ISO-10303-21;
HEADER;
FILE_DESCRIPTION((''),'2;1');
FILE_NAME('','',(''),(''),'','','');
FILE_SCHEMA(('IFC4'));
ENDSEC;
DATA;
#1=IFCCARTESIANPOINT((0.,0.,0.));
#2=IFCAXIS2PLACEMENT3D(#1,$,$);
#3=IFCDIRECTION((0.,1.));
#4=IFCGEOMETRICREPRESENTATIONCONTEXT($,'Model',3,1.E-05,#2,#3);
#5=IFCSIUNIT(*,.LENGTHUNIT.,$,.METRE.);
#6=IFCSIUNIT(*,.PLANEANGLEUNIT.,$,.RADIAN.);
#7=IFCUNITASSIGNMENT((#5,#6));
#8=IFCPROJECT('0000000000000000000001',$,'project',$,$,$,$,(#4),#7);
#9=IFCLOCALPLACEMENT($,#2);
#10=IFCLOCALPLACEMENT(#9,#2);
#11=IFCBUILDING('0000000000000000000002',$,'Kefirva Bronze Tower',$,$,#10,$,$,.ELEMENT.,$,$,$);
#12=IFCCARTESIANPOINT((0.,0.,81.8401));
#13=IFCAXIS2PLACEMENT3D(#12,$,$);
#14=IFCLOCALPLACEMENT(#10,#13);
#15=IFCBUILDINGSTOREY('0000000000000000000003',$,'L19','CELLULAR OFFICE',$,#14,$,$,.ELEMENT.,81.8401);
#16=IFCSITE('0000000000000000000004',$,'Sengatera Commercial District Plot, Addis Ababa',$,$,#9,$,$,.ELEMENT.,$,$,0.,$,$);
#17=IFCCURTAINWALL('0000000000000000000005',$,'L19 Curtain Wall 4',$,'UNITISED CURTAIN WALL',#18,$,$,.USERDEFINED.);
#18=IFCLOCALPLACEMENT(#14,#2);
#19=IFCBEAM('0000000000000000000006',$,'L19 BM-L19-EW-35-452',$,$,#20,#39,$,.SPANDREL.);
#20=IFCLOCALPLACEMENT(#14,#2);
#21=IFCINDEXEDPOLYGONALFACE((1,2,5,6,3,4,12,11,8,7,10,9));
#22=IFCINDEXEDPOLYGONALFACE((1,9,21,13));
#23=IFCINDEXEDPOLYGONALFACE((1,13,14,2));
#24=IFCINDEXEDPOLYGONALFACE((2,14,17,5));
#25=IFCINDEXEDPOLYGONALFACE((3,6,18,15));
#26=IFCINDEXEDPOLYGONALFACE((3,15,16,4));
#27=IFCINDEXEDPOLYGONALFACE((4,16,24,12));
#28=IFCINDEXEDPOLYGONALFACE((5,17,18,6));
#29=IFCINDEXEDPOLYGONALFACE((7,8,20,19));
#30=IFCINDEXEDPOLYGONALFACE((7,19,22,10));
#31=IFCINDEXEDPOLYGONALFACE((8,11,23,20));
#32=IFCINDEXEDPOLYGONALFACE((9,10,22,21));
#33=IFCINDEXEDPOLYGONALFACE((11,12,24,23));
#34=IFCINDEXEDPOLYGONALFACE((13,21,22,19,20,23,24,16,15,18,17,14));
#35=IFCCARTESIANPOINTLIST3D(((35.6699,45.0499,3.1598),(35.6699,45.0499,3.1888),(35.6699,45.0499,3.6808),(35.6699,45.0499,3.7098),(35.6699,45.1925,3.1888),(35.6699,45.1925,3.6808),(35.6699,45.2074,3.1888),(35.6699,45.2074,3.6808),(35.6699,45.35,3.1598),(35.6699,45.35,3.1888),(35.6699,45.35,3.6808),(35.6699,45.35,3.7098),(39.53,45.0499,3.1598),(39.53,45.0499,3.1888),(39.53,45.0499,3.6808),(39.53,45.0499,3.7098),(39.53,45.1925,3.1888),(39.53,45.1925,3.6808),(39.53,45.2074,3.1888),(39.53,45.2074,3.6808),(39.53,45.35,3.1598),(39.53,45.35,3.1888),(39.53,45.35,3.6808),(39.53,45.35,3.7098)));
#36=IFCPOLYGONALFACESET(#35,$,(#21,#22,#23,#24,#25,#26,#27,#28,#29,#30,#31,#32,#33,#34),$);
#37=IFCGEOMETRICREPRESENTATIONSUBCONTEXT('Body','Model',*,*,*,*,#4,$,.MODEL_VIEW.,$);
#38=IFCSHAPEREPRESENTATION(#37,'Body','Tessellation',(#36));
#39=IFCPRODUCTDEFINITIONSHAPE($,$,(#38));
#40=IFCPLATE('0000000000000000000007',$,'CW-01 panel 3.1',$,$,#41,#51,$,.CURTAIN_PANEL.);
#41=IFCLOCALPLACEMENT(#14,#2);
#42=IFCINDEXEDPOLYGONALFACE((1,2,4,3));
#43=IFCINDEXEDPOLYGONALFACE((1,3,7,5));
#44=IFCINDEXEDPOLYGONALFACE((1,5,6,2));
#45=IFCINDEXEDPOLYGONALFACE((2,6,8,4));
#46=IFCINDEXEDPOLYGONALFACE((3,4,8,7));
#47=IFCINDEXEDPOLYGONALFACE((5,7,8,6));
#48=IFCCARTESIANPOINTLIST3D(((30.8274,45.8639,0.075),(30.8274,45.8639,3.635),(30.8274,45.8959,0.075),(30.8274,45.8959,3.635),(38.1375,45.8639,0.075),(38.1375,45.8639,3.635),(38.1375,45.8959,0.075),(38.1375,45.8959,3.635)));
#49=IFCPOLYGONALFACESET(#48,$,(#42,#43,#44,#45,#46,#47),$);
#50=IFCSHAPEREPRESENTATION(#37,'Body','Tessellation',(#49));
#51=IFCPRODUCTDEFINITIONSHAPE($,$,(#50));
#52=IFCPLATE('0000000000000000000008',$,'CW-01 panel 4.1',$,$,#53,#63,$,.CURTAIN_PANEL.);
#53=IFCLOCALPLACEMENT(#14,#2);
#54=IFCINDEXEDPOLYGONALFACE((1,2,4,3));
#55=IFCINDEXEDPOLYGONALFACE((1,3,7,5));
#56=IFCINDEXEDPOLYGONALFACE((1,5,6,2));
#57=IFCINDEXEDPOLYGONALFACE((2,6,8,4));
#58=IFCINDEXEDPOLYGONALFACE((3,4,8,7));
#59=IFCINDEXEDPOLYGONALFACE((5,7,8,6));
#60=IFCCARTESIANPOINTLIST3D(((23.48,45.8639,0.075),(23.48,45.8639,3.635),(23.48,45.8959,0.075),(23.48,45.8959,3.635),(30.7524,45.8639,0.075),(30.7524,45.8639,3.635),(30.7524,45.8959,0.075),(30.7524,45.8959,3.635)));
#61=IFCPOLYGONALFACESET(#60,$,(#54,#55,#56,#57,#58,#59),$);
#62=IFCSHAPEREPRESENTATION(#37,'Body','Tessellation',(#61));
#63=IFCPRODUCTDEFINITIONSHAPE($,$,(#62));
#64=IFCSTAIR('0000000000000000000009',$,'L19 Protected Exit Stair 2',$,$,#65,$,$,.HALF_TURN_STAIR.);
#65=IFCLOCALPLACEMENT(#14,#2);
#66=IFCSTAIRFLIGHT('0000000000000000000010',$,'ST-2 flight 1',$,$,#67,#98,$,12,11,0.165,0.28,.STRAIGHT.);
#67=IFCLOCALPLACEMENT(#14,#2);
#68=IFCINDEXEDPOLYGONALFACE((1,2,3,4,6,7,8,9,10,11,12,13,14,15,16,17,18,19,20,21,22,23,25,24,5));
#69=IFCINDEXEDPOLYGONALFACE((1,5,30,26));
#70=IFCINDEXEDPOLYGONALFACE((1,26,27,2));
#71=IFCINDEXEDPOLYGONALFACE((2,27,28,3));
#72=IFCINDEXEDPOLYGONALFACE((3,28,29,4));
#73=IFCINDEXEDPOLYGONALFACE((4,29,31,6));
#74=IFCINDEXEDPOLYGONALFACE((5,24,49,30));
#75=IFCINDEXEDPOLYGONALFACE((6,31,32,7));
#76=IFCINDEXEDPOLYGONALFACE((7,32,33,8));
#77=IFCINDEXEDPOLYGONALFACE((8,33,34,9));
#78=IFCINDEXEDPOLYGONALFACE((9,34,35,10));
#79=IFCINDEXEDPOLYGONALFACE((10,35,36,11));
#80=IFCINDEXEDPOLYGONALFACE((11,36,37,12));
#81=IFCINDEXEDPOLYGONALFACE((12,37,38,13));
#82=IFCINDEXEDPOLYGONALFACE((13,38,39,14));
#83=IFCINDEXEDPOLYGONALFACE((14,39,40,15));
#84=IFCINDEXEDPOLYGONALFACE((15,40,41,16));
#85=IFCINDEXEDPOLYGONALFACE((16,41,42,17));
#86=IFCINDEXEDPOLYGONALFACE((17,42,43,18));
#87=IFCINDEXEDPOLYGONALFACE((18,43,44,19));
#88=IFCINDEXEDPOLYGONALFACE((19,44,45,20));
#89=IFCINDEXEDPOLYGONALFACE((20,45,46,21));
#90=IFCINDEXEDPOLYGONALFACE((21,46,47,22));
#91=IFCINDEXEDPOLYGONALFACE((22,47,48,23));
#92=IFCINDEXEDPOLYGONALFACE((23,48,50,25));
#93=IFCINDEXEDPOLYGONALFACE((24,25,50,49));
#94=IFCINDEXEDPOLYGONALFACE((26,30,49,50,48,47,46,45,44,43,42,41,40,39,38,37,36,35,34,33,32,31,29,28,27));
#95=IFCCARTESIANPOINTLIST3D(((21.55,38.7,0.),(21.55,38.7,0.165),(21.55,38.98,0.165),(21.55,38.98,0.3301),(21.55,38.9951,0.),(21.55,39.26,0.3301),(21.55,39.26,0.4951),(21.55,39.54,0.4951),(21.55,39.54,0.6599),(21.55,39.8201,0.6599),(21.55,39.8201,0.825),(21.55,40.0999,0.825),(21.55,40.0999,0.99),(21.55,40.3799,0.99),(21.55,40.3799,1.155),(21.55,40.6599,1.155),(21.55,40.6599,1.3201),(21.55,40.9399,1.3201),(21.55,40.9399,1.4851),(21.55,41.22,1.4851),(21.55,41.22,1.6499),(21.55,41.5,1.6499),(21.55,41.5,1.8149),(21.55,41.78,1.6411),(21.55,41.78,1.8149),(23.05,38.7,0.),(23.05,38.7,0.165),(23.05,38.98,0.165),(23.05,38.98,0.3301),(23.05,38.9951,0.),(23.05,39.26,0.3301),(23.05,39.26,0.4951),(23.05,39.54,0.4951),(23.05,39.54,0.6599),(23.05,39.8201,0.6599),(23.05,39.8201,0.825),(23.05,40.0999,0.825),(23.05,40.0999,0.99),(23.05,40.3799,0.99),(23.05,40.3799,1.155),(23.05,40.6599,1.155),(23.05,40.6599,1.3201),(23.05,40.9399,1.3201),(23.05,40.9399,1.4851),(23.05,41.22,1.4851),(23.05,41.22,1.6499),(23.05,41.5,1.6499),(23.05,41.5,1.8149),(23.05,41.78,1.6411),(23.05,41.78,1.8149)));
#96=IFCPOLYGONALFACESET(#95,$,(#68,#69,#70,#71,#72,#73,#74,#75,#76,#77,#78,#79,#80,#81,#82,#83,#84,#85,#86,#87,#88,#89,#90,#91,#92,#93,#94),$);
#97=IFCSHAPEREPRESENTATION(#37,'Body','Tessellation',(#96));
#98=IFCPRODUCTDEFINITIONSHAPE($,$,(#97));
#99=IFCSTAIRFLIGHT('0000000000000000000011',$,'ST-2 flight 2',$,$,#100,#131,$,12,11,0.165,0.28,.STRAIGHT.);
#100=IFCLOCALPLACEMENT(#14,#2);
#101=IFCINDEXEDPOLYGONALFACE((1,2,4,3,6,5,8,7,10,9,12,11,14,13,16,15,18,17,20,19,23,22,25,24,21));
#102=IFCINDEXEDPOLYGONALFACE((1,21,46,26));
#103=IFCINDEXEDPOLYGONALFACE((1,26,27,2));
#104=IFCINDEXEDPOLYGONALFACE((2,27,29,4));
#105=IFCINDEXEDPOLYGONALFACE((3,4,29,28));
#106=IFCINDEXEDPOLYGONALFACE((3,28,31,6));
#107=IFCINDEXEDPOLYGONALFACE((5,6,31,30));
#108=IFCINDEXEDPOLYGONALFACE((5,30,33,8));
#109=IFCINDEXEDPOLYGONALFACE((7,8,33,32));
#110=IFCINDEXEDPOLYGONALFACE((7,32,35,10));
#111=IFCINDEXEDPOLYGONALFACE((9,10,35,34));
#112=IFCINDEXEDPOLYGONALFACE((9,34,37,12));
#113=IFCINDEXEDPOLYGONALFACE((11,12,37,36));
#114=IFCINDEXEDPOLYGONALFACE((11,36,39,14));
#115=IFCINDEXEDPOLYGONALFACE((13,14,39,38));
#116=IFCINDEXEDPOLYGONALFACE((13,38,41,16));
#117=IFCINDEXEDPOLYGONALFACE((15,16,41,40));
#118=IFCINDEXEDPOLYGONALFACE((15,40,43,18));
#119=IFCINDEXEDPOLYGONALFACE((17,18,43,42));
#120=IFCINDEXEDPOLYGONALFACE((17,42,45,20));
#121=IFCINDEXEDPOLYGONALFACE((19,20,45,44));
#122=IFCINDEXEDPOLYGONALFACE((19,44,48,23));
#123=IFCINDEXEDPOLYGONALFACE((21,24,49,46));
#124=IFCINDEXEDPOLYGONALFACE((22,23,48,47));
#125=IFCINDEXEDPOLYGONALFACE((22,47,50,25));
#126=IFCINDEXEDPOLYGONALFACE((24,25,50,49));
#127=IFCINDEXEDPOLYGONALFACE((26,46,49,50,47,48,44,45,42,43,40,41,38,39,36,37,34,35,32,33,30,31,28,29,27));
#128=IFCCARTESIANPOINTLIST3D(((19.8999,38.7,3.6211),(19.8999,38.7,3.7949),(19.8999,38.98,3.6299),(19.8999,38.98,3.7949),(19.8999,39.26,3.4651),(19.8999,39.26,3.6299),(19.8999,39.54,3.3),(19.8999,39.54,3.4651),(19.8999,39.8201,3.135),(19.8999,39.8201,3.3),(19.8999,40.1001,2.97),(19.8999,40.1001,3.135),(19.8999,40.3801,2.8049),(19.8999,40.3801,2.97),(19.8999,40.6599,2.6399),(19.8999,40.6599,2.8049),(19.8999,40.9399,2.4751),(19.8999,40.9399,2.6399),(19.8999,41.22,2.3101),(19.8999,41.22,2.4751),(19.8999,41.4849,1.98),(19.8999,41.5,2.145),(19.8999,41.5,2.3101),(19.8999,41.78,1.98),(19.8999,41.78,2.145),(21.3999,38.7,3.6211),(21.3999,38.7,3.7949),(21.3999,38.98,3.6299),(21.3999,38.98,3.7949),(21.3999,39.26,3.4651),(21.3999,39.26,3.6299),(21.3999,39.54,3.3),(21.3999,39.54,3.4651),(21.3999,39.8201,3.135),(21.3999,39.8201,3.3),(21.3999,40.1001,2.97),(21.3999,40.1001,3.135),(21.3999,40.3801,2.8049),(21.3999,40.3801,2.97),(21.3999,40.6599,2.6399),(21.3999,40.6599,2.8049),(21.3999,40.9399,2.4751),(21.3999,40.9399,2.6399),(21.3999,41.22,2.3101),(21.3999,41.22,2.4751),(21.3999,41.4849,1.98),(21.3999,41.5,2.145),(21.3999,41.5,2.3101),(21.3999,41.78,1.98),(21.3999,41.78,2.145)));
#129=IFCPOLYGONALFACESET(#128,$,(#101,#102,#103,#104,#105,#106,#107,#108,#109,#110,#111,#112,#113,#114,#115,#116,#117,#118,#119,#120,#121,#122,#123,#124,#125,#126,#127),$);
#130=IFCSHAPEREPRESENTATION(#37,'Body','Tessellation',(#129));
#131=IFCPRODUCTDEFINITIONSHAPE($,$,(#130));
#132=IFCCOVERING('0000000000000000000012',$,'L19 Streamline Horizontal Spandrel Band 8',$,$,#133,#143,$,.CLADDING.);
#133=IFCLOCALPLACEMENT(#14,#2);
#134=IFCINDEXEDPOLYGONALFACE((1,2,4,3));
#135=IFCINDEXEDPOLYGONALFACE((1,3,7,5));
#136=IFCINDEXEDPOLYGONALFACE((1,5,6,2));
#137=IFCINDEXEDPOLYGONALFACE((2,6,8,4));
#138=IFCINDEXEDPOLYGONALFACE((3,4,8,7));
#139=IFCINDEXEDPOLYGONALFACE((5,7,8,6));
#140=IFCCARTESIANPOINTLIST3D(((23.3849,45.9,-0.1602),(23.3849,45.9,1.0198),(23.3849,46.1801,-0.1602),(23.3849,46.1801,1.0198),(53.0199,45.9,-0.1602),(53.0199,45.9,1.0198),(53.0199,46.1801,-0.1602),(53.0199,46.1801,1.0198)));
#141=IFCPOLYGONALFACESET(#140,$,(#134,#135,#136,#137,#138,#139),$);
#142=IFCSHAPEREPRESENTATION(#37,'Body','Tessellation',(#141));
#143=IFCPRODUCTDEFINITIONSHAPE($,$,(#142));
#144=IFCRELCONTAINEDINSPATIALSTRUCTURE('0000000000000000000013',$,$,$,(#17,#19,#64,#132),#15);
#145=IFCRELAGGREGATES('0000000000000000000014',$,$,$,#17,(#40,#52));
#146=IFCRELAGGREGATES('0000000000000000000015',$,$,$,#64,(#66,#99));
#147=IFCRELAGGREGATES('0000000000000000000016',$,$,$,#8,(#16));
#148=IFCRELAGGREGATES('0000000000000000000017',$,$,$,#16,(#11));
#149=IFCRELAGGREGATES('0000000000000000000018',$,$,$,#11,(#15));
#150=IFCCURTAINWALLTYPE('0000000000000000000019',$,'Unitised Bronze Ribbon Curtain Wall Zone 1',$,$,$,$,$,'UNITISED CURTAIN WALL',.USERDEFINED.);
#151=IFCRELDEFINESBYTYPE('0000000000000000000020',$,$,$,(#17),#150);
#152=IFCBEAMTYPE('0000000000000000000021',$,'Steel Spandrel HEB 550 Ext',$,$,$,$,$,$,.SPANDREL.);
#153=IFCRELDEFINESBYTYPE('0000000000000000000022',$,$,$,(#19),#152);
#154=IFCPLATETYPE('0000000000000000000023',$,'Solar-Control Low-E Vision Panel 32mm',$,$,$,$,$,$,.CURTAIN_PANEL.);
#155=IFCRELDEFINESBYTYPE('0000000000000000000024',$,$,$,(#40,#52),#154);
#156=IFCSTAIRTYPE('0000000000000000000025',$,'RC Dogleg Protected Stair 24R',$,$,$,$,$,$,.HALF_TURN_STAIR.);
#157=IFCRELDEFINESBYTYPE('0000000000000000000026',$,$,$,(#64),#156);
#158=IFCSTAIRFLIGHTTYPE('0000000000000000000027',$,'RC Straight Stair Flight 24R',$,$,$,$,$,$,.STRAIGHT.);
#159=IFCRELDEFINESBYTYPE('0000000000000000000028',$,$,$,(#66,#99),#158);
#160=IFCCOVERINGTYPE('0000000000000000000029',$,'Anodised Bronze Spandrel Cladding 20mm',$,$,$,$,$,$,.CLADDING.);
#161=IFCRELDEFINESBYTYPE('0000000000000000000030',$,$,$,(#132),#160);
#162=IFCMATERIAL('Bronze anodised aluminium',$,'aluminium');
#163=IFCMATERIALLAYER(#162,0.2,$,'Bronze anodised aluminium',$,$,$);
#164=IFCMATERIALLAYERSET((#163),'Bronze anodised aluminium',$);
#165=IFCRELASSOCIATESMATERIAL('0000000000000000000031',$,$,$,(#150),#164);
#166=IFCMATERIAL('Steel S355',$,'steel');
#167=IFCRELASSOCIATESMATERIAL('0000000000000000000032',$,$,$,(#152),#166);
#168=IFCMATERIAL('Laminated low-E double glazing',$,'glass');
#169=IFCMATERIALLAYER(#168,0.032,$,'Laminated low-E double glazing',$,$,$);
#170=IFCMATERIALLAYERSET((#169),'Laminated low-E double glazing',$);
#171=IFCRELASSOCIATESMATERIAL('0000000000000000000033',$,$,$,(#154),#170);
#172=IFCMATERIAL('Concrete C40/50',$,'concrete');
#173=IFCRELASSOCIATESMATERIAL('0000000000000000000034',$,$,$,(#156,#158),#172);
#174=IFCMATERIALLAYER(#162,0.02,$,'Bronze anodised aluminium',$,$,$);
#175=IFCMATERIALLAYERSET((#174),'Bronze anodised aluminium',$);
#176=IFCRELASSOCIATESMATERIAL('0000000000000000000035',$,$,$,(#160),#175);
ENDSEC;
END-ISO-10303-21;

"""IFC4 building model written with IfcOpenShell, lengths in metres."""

from ifc_helpers import new_model, si_unit, direction, frame, origin, origin_2d, place, context, subcontext, project, spatial, polyline, rectangle, i_section, outline, extrude, material, layer, layer_set, material_profile, profile_set, type_object, element, aggregate, save


model = new_model("IFC4")

# Units and contexts
model_context = context("Model", 3, precision=1e-05, world=origin(), true_north=direction((0.0, 1.0)))
body_context = subcontext(model_context, "Body", "Model", "MODEL_VIEW")
ifc_project = project(units=[si_unit("LENGTHUNIT", "METRE"), si_unit("PLANEANGLEUNIT", "RADIAN")], contexts=[model_context])

# Site, building, storey
site_placement = place(None, origin())
site = spatial("IfcSite", under=ifc_project, at=site_placement, Name="Sengatera Commercial District Plot, Addis Ababa", CompositionType="ELEMENT", RefElevation=0.0)
building_placement = place(site_placement, origin())
building = spatial("IfcBuilding", under=site, at=building_placement, Name="Kefirva Bronze Tower", CompositionType="ELEMENT")
storey_placement = place(building_placement, frame((0.0, 0.0, 81.8401)))
storey = spatial("IfcBuildingStorey", under=building, at=storey_placement, Name="L19", Description="CELLULAR OFFICE", CompositionType="ELEMENT", Elevation=81.8401)

# Curtain wall
ifc_material_1 = material(Name="Bronze anodised aluminium", Category="aluminium")
ifc_layer_1 = layer(ifc_material_1, 0.2, Name="Bronze anodised aluminium")
ifc_layer_set_1 = layer_set([ifc_layer_1], Name="Bronze anodised aluminium")
curtain_wall_type = type_object("IfcCurtainWallType", Name="Unitised Bronze Ribbon Curtain Wall Zone 1", ElementType="UNITISED CURTAIN WALL", PredefinedType="USERDEFINED", material=ifc_layer_set_1)
curtain_wall_placement = place(storey_placement, origin())
curtain_wall = element("IfcCurtainWall", 1, at=curtain_wall_placement, inside=storey, type_object=curtain_wall_type, Name="L19 Curtain Wall 4", ObjectType="UNITISED CURTAIN WALL", PredefinedType="USERDEFINED")

# Beam
ifc_material_2 = material(Name="Steel S355", Category="steel")
ifc_material_profile_1 = material_profile(ifc_material_2, i_section(OverallWidth=0.3, OverallDepth=0.55, WebThickness=0.0149, FlangeThickness=0.0291, at=origin_2d()), Name="HEB 550")
ifc_profile_set_1 = profile_set([ifc_material_profile_1], Name="Steel S355")
beam_type_1 = type_object("IfcBeamType", Name="Steel Spandrel HEB 550 Ext", PredefinedType="SPANDREL", material=ifc_profile_set_1)
beam_1_placement = place(storey_placement, frame((35.6699, 45.2, 3.4348), z_axis=(1.0, 0.0, 0.0), x_axis=(0.0, 1.0, 0.0)))
element("IfcBeam", 2, at=beam_1_placement, inside=storey, type_object=beam_type_1, Name="L19 BM-L19-EW-35-452", PredefinedType="SPANDREL", context=body_context, shape_type="SweptSolid", body=[
    extrude(i_section(OverallWidth=0.3, OverallDepth=0.55, WebThickness=0.0149, FlangeThickness=0.0291, at=origin_2d()), origin(), (0.0, 0.0, 1.0), 3.8601),
])

# Plates
ifc_material_3 = material(Name="Laminated low-E double glazing", Category="glass")
ifc_layer_2 = layer(ifc_material_3, 0.032, Name="Laminated low-E double glazing")
ifc_layer_set_2 = layer_set([ifc_layer_2], Name="Laminated low-E double glazing")
plate_type = type_object("IfcPlateType", Name="Solar-Control Low-E Vision Panel 32mm", PredefinedType="CURTAIN_PANEL", material=ifc_layer_set_2)
plate_1_placement = place(storey_placement, frame((34.4824, 45.8799, 0.075), z_axis=(0.0, 0.0, 1.0), x_axis=(-1.0, 0.0, 0.0)))
plate_1 = element("IfcPlate", 3, at=plate_1_placement, type_object=plate_type, Name="CW-01 panel 3.1", PredefinedType="CURTAIN_PANEL", context=body_context, shape_type="SweptSolid", body=[
    extrude(rectangle(XDim=7.3101, YDim=0.032, at=origin_2d()), origin(), (0.0, 0.0, 1.0), 3.5601),
])
plate_2_placement = place(storey_placement, frame((27.1162, 45.8799, 0.075), z_axis=(0.0, 0.0, 1.0), x_axis=(-1.0, 0.0, 0.0)))
plate_2 = element("IfcPlate", 4, at=plate_2_placement, type_object=plate_type, Name="CW-01 panel 4.1", PredefinedType="CURTAIN_PANEL", context=body_context, shape_type="SweptSolid", body=[
    extrude(rectangle(XDim=7.2725, YDim=0.032, at=origin_2d()), origin(), (0.0, 0.0, 1.0), 3.5601),
])
aggregate(curtain_wall, [plate_1, plate_2])

# Stair, stair flights
ifc_material_4 = material(Name="Concrete C40/50", Category="concrete")
stair_type = type_object("IfcStairType", Name="RC Dogleg Protected Stair 24R", PredefinedType="HALF_TURN_STAIR", material=ifc_material_4)
stair_placement = place(storey_placement, origin())
stair = element("IfcStair", 5, at=stair_placement, inside=storey, type_object=stair_type, Name="L19 Protected Exit Stair 2", PredefinedType="HALF_TURN_STAIR")
stair_flight_type = type_object("IfcStairFlightType", Name="RC Straight Stair Flight 24R", PredefinedType="STRAIGHT", material=ifc_material_4)
stair_flight_1_placement = place(storey_placement, frame((22.3, 38.7, 0.0), z_axis=(0.0, 0.0, 1.0), x_axis=(0.0, 1.0, 0.0)))
stair_flight_1 = element("IfcStairFlight", 6, at=stair_flight_1_placement, type_object=stair_flight_type, Name="ST-2 flight 1", NumberOfRisers=12, NumberOfTreads=11, PredefinedType="STRAIGHT", RiserHeight=0.165, TreadLength=0.28, context=body_context, shape_type="SweptSolid", body=[
    extrude(outline(polyline([(0.0, 0.0), (0.0, 0.165), (0.28, 0.165), (0.28, 0.3301), (0.5601, 0.3301), (0.5601, 0.4951), (0.8401, 0.4951), (0.8401, 0.6599), (1.1201, 0.6599), (1.1201, 0.825), (1.3999, 0.825), (1.3999, 0.99), (1.6799, 0.99), (1.6799, 1.155), (1.96, 1.155), (1.96, 1.3201), (2.24, 1.3201), (2.24, 1.4851), (2.52, 1.4851), (2.52, 1.6499), (2.8, 1.6499), (2.8, 1.8149), (3.0801, 1.8149), (3.0801, 1.98), (3.0801, 1.6411), (0.2952, 0.0), (0.0, 0.0)])), frame((0.0, 0.75, 0.0), z_axis=(0.0, -1.0, 0.0), x_axis=(1.0, 0.0, 0.0)), (0.0, 0.0, 1.0), 1.5),
])
stair_flight_2_placement = place(storey_placement, frame((20.6499, 41.78, 1.98), z_axis=(0.0, 0.0, 1.0), x_axis=(0.0, -1.0, 0.0)))
stair_flight_2 = element("IfcStairFlight", 7, at=stair_flight_2_placement, type_object=stair_flight_type, Name="ST-2 flight 2", NumberOfRisers=12, NumberOfTreads=11, PredefinedType="STRAIGHT", RiserHeight=0.165, TreadLength=0.28, context=body_context, shape_type="SweptSolid", body=[
    extrude(outline(polyline([(0.0, 0.0), (0.0, 0.165), (0.28, 0.165), (0.28, 0.3301), (0.5601, 0.3301), (0.5601, 0.4951), (0.8401, 0.4951), (0.8401, 0.6599), (1.1201, 0.6599), (1.1201, 0.825), (1.3999, 0.825), (1.3999, 0.99), (1.6799, 0.99), (1.6799, 1.155), (1.96, 1.155), (1.96, 1.3201), (2.24, 1.3201), (2.24, 1.4851), (2.52, 1.4851), (2.52, 1.6499), (2.8, 1.6499), (2.8, 1.8149), (3.0801, 1.8149), (3.0801, 1.98), (3.0801, 1.6411), (0.2952, 0.0), (0.0, 0.0)])), frame((0.0, 0.75, 0.0), z_axis=(0.0, -1.0, 0.0), x_axis=(1.0, 0.0, 0.0)), (0.0, 0.0, 1.0), 1.5),
])
aggregate(stair, [stair_flight_1, stair_flight_2])

# Covering
ifc_layer_3 = layer(ifc_material_1, 0.02, Name="Bronze anodised aluminium")
ifc_layer_set_3 = layer_set([ifc_layer_3], Name="Bronze anodised aluminium")
covering_type_1 = type_object("IfcCoveringType", Name="Anodised Bronze Spandrel Cladding 20mm", PredefinedType="CLADDING", material=ifc_layer_set_3)
covering_1_placement = place(storey_placement, frame((38.2024, 46.04, -0.1602), z_axis=(0.0, 0.0, 1.0), x_axis=(-1.0, 0.0, 0.0)))
element("IfcCovering", 8, at=covering_1_placement, inside=storey, type_object=covering_type_1, Name="L19 Streamline Horizontal Spandrel Band 8", PredefinedType="CLADDING", context=body_context, shape_type="SweptSolid", body=[
    extrude(rectangle(XDim=29.635, YDim=0.28, at=origin_2d()), origin(), (0.0, 0.0, 1.0), 1.1799),
])

save(model, "model.ifc")
